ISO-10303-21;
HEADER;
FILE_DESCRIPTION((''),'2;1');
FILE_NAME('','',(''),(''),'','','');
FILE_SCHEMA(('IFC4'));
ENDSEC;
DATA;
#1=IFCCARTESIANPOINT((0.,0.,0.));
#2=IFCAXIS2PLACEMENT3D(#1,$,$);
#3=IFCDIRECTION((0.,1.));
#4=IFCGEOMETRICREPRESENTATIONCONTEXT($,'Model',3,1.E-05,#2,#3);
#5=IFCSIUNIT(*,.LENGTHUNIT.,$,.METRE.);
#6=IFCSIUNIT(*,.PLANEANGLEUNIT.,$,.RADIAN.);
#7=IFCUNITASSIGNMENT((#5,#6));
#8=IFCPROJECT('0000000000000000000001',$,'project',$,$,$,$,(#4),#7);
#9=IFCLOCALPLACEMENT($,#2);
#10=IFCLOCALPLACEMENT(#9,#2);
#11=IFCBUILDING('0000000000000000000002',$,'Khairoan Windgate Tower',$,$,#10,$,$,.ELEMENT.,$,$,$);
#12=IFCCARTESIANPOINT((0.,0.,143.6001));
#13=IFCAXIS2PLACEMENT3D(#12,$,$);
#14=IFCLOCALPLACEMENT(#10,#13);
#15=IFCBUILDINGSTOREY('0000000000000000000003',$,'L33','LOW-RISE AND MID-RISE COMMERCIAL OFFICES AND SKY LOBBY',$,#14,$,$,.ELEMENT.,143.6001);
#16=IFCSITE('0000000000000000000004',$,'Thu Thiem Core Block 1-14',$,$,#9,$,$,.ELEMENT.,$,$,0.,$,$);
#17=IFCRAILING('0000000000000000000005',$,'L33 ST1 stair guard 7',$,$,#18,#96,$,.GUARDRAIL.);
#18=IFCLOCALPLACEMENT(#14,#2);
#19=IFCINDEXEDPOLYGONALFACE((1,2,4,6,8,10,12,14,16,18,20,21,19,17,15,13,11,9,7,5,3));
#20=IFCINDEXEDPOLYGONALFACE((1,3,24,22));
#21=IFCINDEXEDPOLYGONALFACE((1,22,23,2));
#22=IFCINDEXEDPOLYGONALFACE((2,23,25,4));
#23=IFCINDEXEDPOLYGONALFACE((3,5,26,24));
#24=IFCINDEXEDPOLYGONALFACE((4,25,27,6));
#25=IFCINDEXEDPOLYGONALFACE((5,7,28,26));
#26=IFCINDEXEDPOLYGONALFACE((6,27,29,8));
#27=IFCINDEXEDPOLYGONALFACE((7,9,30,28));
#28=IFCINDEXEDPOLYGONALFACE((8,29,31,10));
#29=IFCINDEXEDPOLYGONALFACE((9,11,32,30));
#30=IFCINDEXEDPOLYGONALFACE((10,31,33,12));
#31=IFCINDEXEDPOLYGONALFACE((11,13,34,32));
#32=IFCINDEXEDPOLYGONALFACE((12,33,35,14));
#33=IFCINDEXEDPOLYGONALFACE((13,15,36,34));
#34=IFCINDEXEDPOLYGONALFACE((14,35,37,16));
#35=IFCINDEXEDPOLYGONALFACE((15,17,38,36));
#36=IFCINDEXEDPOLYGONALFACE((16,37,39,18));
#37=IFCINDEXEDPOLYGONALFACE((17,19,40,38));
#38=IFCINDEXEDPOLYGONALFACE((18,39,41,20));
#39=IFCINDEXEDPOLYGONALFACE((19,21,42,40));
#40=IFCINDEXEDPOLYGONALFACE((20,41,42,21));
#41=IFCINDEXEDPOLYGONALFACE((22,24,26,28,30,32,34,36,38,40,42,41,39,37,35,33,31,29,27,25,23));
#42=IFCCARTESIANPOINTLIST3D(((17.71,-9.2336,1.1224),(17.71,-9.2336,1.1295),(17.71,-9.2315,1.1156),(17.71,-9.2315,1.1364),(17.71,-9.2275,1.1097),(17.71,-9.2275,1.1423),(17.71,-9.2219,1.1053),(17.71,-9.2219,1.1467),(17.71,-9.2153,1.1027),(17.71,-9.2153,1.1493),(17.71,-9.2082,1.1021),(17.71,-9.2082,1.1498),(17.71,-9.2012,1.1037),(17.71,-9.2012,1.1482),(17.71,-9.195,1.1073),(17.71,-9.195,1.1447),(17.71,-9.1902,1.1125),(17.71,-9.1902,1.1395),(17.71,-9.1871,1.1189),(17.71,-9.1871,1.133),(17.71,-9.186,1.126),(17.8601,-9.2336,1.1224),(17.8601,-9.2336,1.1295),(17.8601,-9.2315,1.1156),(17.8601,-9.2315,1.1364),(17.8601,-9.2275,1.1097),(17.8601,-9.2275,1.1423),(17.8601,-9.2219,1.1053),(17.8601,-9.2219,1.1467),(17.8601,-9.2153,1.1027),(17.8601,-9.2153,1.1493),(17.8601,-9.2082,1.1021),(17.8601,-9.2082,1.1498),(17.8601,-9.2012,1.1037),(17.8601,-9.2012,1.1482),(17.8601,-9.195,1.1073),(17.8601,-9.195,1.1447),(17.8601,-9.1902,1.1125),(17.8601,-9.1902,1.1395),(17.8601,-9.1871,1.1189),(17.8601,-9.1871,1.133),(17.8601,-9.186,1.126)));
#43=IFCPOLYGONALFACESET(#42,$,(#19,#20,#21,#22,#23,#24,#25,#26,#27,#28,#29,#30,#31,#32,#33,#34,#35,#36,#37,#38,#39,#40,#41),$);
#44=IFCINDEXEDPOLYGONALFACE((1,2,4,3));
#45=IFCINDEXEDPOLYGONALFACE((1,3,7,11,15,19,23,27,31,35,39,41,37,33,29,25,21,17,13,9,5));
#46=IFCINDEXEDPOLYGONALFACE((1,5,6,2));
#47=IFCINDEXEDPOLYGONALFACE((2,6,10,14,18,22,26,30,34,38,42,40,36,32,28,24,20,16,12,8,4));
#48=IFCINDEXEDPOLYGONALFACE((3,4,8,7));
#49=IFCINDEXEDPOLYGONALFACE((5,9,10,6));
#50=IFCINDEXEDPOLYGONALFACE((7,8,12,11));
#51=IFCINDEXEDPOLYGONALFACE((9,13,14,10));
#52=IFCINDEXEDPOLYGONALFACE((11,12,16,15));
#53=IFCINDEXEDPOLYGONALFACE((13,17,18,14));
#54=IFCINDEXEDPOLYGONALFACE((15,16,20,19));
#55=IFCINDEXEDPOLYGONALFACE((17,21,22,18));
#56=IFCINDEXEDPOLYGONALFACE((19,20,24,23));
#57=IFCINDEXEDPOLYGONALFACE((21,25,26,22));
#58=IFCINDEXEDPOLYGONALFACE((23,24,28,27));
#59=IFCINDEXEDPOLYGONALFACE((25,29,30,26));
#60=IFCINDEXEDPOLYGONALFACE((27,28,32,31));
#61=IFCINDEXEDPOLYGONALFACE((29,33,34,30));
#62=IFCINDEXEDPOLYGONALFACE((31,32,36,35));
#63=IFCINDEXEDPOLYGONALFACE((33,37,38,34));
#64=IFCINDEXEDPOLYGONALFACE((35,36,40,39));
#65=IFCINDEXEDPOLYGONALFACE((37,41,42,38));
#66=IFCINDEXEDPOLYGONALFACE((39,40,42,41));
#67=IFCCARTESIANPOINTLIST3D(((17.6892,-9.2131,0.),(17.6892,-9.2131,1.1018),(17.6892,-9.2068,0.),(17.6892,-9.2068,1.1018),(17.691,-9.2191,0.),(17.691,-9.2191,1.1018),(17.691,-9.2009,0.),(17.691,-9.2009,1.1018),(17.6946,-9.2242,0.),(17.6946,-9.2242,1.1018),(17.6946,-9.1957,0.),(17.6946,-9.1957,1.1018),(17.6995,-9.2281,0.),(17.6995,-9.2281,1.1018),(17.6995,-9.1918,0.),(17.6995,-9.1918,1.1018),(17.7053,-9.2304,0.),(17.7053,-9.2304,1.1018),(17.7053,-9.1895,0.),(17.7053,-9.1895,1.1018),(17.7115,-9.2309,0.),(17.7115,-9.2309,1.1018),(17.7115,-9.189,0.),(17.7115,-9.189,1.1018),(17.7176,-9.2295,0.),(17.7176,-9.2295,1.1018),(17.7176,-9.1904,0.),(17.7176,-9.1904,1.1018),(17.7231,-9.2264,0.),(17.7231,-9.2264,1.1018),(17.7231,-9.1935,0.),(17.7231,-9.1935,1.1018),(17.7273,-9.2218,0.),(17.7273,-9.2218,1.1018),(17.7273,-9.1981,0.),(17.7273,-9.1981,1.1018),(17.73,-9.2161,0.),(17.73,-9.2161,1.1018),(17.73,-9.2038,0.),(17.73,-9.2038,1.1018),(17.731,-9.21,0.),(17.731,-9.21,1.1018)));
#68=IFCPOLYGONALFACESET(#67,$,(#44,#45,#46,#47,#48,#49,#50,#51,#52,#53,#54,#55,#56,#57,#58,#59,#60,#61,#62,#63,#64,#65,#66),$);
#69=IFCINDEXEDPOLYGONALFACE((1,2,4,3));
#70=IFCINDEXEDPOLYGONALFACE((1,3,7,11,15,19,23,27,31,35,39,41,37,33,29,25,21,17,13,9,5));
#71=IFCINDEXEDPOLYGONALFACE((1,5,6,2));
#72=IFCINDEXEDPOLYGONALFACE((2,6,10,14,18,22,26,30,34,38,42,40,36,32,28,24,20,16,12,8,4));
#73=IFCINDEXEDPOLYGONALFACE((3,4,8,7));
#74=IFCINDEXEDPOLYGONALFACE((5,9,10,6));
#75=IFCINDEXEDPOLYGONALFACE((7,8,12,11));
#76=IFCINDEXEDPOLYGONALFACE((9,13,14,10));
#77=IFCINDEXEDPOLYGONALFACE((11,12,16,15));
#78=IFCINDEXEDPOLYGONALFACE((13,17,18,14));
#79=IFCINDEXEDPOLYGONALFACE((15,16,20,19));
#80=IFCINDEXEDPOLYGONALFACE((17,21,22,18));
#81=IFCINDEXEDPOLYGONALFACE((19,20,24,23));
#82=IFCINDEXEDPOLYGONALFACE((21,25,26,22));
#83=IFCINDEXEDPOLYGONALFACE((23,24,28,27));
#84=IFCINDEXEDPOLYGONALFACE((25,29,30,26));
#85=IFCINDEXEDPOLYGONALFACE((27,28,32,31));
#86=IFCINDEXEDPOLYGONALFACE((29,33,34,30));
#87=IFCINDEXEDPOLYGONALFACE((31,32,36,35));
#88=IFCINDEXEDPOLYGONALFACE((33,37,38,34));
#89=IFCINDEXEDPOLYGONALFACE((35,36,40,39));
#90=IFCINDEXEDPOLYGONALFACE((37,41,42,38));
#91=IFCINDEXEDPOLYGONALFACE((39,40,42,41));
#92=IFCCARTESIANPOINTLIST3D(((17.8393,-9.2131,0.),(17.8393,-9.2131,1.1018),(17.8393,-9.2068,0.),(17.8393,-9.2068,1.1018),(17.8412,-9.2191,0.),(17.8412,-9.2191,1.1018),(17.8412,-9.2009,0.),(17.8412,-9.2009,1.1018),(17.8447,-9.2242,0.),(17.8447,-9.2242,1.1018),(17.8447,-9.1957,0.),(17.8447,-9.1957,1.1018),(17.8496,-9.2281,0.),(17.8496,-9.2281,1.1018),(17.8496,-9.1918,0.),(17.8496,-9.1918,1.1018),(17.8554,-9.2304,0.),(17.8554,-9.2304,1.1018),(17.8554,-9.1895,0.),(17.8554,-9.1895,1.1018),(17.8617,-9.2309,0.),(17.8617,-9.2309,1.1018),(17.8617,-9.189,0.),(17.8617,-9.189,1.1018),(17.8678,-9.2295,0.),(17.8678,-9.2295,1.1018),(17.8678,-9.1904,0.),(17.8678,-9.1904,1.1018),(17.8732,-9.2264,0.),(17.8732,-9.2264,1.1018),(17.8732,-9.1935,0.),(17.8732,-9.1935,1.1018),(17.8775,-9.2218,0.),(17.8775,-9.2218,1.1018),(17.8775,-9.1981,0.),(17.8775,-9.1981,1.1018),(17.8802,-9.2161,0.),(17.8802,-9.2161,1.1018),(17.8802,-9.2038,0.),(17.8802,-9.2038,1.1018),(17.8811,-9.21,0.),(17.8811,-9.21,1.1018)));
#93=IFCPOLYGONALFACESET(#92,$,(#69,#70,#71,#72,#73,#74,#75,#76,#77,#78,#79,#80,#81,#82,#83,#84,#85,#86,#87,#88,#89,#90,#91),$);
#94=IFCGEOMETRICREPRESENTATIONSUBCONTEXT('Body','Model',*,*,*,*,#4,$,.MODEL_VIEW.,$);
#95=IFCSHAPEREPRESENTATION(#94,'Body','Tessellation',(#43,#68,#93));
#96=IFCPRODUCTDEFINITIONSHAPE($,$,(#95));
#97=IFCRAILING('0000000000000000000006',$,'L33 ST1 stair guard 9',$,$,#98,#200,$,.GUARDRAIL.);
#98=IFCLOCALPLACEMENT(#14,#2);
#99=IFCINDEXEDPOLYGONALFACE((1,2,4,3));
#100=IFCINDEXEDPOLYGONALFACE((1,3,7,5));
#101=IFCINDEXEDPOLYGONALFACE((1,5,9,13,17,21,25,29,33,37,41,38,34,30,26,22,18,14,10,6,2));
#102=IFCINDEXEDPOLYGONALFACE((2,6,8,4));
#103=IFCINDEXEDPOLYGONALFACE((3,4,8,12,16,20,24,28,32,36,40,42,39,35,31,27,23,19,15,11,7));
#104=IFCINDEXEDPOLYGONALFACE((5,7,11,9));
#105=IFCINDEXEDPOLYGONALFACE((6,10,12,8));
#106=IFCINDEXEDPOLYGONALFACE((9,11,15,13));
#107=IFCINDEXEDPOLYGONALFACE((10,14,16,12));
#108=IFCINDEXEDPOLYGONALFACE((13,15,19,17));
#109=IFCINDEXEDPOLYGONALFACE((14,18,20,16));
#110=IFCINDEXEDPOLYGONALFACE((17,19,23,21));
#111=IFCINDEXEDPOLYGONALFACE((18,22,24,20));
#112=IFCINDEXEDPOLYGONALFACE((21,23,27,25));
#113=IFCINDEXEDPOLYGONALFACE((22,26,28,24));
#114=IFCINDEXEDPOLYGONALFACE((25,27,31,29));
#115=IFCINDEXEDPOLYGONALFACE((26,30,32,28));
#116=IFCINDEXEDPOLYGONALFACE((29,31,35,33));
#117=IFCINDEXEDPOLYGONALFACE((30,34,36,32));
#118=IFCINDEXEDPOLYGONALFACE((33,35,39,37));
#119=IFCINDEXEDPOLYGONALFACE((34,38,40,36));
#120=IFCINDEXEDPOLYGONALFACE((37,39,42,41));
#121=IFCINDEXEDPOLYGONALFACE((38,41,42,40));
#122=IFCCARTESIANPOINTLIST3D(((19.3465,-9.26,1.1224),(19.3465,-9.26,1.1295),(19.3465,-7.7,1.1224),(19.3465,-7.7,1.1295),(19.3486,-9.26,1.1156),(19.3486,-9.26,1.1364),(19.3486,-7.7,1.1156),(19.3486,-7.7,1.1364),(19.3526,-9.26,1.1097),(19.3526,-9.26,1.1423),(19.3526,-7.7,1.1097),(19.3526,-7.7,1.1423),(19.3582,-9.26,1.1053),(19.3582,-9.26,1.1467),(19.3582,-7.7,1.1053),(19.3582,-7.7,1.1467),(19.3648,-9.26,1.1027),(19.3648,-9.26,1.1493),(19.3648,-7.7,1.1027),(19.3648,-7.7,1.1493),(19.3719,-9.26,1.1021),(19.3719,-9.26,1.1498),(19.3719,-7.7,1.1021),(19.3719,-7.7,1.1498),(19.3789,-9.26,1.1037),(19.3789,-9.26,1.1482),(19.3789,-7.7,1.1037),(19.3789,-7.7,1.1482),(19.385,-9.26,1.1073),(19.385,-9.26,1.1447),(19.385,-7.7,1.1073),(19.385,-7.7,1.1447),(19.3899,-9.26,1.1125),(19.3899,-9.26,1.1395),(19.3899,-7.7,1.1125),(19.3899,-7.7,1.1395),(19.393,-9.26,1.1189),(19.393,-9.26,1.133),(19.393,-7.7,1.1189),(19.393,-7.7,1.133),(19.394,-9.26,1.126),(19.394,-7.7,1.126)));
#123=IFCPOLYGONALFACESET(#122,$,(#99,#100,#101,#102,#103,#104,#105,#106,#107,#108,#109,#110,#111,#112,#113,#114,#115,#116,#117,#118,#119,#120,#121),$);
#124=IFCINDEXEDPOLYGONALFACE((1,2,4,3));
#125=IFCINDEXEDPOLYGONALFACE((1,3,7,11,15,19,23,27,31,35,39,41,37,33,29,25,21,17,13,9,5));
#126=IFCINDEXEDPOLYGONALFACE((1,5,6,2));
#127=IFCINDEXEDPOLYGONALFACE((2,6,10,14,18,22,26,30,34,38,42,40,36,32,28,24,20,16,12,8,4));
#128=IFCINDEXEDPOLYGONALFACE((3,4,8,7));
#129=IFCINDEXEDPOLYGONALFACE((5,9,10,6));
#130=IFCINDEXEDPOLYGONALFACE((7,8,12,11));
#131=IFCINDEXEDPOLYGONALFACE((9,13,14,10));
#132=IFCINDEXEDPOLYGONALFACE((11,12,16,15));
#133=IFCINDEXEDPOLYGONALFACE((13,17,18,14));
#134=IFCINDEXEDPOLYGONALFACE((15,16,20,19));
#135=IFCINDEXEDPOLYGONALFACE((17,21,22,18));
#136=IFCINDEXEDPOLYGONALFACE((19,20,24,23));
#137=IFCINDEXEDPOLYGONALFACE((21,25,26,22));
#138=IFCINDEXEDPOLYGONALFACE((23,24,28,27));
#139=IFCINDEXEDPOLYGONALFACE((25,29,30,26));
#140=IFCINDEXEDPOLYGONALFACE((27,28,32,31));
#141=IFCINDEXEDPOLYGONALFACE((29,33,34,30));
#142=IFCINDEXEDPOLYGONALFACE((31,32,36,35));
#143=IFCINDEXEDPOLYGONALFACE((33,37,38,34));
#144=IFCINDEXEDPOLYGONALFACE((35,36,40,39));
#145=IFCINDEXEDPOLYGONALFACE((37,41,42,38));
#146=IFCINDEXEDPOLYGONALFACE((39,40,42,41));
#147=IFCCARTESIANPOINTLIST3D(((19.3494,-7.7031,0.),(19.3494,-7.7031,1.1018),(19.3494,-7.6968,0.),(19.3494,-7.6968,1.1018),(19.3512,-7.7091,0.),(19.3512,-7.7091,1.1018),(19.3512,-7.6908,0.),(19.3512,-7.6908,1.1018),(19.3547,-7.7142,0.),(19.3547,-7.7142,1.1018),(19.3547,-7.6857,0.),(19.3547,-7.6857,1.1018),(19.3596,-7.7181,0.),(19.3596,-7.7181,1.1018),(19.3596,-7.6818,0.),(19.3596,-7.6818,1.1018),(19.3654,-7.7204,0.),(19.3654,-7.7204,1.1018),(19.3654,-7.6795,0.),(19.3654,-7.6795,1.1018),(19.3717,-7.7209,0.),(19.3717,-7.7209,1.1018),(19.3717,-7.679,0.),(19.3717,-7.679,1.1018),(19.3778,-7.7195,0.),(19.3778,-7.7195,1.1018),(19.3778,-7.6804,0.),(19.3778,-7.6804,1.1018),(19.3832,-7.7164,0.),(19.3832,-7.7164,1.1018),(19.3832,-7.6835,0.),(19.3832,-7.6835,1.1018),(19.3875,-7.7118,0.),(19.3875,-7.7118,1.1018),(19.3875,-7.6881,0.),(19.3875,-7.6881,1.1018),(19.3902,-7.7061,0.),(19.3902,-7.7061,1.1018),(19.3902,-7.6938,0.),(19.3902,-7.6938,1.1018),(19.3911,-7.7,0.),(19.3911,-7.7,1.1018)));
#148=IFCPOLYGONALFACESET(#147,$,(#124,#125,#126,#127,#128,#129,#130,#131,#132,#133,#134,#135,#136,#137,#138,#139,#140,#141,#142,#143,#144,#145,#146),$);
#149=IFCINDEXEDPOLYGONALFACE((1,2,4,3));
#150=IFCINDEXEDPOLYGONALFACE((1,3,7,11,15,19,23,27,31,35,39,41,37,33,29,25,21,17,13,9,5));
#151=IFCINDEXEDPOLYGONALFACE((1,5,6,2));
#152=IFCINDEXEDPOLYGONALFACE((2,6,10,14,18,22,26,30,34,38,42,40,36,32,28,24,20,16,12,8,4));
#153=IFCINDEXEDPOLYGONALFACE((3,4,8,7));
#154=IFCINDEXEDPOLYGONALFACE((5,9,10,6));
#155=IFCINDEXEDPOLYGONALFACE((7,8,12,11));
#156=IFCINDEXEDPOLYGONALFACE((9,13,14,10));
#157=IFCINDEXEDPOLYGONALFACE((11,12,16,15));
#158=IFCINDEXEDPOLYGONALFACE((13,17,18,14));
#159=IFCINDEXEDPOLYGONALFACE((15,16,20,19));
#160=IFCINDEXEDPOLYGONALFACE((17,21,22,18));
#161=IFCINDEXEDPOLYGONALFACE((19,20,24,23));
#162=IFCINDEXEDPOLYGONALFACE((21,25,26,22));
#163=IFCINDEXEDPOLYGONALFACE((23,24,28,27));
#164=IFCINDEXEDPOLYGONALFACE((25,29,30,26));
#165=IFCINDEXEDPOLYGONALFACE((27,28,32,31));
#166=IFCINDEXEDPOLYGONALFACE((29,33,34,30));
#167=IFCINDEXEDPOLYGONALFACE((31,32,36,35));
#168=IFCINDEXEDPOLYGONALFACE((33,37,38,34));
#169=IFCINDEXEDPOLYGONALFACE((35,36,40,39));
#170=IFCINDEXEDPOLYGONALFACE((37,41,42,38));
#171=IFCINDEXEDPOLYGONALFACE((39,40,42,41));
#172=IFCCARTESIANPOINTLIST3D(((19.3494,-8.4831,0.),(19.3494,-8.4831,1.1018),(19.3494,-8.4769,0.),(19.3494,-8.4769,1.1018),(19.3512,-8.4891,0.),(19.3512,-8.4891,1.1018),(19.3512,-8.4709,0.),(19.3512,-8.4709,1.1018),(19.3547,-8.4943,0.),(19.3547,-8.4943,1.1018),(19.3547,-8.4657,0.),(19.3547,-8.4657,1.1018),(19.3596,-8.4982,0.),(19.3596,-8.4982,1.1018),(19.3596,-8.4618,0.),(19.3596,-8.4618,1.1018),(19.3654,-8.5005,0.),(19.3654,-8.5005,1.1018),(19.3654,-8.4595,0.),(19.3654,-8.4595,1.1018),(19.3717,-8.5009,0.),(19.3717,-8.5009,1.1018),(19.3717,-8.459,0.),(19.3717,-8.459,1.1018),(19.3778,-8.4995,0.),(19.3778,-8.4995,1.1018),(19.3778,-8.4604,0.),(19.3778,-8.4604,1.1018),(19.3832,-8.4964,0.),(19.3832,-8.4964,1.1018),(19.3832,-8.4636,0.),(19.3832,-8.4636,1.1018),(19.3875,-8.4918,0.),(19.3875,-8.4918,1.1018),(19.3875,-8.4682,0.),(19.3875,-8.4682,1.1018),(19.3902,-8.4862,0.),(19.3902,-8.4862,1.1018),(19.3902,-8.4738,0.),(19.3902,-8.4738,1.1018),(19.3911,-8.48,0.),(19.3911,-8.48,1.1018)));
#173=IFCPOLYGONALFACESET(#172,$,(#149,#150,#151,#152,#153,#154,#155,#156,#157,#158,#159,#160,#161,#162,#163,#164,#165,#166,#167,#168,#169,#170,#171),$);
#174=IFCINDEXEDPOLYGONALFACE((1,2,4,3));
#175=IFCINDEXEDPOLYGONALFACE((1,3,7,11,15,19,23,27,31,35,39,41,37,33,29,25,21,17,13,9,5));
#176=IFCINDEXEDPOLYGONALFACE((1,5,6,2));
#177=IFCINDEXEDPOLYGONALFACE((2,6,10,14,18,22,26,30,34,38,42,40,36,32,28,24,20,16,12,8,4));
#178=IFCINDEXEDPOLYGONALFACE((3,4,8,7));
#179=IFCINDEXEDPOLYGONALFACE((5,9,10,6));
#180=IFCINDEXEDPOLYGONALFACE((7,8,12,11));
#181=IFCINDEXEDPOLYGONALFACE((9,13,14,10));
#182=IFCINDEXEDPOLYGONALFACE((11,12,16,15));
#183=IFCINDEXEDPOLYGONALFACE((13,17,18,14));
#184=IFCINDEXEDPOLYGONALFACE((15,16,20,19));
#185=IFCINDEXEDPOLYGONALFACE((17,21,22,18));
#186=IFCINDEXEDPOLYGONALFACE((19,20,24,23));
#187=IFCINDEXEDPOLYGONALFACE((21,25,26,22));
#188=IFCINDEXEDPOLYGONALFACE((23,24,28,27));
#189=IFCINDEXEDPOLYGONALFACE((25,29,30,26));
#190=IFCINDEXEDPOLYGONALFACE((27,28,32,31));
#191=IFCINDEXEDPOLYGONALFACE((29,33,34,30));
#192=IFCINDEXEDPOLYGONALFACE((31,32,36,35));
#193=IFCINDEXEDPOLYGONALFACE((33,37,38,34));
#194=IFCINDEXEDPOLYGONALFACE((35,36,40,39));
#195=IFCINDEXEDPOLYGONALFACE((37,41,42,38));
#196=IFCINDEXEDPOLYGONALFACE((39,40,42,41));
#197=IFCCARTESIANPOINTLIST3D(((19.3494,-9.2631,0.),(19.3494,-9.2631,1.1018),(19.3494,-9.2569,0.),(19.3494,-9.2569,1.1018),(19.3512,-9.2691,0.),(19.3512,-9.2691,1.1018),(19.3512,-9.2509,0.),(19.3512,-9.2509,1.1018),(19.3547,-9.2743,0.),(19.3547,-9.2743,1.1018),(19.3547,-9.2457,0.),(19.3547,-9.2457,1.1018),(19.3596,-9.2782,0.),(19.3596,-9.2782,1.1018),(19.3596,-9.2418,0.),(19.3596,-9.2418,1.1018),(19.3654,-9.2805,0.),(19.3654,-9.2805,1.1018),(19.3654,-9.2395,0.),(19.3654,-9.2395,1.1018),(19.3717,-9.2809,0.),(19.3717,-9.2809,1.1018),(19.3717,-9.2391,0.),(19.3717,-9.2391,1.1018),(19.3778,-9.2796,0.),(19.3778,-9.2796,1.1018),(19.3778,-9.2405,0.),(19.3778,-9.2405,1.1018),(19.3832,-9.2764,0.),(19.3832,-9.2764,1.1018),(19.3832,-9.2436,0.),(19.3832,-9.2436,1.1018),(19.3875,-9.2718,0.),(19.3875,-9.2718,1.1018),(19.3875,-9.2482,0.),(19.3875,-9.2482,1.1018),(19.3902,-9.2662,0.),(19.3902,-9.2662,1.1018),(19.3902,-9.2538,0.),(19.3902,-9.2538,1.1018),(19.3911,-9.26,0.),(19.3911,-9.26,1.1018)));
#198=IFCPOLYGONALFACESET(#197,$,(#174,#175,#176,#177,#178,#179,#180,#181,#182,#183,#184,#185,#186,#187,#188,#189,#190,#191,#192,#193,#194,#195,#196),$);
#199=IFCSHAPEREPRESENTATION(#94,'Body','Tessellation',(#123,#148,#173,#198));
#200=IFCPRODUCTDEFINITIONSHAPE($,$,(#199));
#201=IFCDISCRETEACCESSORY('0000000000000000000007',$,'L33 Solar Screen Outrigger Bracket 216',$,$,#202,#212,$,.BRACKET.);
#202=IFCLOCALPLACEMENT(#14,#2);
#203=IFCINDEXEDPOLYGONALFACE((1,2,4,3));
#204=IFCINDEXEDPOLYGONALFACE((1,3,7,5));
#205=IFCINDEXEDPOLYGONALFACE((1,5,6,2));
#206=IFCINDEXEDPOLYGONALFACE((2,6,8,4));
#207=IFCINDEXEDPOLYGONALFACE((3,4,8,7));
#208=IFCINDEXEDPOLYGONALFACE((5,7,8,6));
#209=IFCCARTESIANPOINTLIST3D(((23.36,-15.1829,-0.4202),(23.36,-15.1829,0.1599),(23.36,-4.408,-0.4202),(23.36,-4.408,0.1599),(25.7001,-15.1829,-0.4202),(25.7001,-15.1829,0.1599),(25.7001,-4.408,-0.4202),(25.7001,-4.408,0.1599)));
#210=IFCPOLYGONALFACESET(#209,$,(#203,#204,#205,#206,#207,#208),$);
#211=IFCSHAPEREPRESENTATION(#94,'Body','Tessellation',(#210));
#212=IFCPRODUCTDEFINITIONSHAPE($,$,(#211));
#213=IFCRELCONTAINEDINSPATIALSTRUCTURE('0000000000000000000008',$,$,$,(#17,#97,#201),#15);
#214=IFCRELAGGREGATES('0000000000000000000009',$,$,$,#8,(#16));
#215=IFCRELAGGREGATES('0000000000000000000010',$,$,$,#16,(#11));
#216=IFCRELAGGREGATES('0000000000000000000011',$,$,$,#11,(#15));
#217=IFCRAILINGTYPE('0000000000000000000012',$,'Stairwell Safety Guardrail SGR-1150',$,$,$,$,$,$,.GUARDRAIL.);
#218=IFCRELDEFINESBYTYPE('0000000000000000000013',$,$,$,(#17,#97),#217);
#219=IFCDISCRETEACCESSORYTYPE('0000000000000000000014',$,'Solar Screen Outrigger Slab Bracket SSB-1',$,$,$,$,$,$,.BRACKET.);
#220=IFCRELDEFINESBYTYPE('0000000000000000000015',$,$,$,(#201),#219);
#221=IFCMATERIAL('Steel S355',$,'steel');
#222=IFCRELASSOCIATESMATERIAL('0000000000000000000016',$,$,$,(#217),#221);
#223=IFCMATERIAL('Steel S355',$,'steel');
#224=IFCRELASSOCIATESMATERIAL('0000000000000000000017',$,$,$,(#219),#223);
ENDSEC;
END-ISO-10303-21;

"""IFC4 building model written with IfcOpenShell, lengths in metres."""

from ifc_helpers import new_model, si_unit, direction, frame, origin, origin_2d, place, context, subcontext, project, spatial, rectangle, circle, extrude, material, type_object, element, save


model = new_model("IFC4")

# Units and contexts
model_context = context("Model", 3, precision=1e-05, world=origin(), true_north=direction((0.0, 1.0)))
body_context = subcontext(model_context, "Body", "Model", "MODEL_VIEW")
ifc_project = project(units=[si_unit("LENGTHUNIT", "METRE"), si_unit("PLANEANGLEUNIT", "RADIAN")], contexts=[model_context])

# Site, building, storey
site_placement = place(None, origin())
site = spatial("IfcSite", under=ifc_project, at=site_placement, Name="Thu Thiem Core Block 1-14", CompositionType="ELEMENT", RefElevation=0.0)
building_placement = place(site_placement, origin())
building = spatial("IfcBuilding", under=site, at=building_placement, Name="Khairoan Windgate Tower", CompositionType="ELEMENT")
storey_placement = place(building_placement, frame((0.0, 0.0, 143.6001)))
storey = spatial("IfcBuildingStorey", under=building, at=storey_placement, Name="L33", Description="LOW-RISE AND MID-RISE COMMERCIAL OFFICES AND SKY LOBBY", CompositionType="ELEMENT", Elevation=143.6001)

# Railings
ifc_material_1 = material(Name="Steel S355", Category="steel")
railing_type_1 = type_object("IfcRailingType", Name="Stairwell Safety Guardrail SGR-1150", PredefinedType="GUARDRAIL", material=ifc_material_1)
railing_1_placement = place(storey_placement, frame((17.71, -9.21, 0.0)))
element("IfcRailing", 1, at=railing_1_placement, inside=storey, type_object=railing_type_1, Name="L33 ST1 stair guard 7", PredefinedType="GUARDRAIL", context=body_context, shape_type="SweptSolid", body=[
    extrude(circle(Radius=0.0239, at=origin_2d()), frame((0.0, 0.0, 1.126), z_axis=(1.0, 0.0, 0.0), x_axis=(0.0, 1.0, 0.0)), (0.0, 0.0, 1.0), 0.1501),
    extrude(circle(Radius=0.021, at=origin_2d()), origin(), (0.0, 0.0, 1.0), 1.1018),
    extrude(circle(Radius=0.021, at=origin_2d()), frame((0.1501, 0.0, 0.0)), (0.0, 0.0, 1.0), 1.1018),
])
railing_2_placement = place(storey_placement, frame((19.3701, -7.7, 0.0)))
element("IfcRailing", 2, at=railing_2_placement, inside=storey, type_object=railing_type_1, Name="L33 ST1 stair guard 9", PredefinedType="GUARDRAIL", context=body_context, shape_type="SweptSolid", body=[
    extrude(circle(Radius=0.0239, at=origin_2d()), frame((0.0, 0.0, 1.126), z_axis=(0.0, -1.0, 0.0), x_axis=(1.0, 0.0, 0.0)), (0.0, 0.0, 1.0), 1.5601),
    extrude(circle(Radius=0.021, at=origin_2d()), origin(), (0.0, 0.0, 1.0), 1.1018),
    extrude(circle(Radius=0.021, at=origin_2d()), frame((0.0, -0.78, 0.0)), (0.0, 0.0, 1.0), 1.1018),
    extrude(circle(Radius=0.021, at=origin_2d()), frame((0.0, -1.5601, 0.0)), (0.0, 0.0, 1.0), 1.1018),
])

# Discrete accessory
ifc_material_2 = material(Name="Steel S355", Category="steel")
discrete_accessory_type = type_object("IfcDiscreteAccessoryType", Name="Solar Screen Outrigger Slab Bracket SSB-1", PredefinedType="BRACKET", material=ifc_material_2)
discrete_accessory_placement = place(storey_placement, frame((24.53, -9.7954, -0.4202), z_axis=(0.0, 0.0, 1.0), x_axis=(0.0, -1.0, 0.0)))
element("IfcDiscreteAccessory", 3, at=discrete_accessory_placement, inside=storey, type_object=discrete_accessory_type, Name="L33 Solar Screen Outrigger Bracket 216", PredefinedType="BRACKET", context=body_context, shape_type="SweptSolid", body=[
    extrude(rectangle(XDim=10.7749, YDim=2.3401, at=origin_2d()), origin(), (0.0, 0.0, 1.0), 0.5801),
])

save(model, "model.ifc")
